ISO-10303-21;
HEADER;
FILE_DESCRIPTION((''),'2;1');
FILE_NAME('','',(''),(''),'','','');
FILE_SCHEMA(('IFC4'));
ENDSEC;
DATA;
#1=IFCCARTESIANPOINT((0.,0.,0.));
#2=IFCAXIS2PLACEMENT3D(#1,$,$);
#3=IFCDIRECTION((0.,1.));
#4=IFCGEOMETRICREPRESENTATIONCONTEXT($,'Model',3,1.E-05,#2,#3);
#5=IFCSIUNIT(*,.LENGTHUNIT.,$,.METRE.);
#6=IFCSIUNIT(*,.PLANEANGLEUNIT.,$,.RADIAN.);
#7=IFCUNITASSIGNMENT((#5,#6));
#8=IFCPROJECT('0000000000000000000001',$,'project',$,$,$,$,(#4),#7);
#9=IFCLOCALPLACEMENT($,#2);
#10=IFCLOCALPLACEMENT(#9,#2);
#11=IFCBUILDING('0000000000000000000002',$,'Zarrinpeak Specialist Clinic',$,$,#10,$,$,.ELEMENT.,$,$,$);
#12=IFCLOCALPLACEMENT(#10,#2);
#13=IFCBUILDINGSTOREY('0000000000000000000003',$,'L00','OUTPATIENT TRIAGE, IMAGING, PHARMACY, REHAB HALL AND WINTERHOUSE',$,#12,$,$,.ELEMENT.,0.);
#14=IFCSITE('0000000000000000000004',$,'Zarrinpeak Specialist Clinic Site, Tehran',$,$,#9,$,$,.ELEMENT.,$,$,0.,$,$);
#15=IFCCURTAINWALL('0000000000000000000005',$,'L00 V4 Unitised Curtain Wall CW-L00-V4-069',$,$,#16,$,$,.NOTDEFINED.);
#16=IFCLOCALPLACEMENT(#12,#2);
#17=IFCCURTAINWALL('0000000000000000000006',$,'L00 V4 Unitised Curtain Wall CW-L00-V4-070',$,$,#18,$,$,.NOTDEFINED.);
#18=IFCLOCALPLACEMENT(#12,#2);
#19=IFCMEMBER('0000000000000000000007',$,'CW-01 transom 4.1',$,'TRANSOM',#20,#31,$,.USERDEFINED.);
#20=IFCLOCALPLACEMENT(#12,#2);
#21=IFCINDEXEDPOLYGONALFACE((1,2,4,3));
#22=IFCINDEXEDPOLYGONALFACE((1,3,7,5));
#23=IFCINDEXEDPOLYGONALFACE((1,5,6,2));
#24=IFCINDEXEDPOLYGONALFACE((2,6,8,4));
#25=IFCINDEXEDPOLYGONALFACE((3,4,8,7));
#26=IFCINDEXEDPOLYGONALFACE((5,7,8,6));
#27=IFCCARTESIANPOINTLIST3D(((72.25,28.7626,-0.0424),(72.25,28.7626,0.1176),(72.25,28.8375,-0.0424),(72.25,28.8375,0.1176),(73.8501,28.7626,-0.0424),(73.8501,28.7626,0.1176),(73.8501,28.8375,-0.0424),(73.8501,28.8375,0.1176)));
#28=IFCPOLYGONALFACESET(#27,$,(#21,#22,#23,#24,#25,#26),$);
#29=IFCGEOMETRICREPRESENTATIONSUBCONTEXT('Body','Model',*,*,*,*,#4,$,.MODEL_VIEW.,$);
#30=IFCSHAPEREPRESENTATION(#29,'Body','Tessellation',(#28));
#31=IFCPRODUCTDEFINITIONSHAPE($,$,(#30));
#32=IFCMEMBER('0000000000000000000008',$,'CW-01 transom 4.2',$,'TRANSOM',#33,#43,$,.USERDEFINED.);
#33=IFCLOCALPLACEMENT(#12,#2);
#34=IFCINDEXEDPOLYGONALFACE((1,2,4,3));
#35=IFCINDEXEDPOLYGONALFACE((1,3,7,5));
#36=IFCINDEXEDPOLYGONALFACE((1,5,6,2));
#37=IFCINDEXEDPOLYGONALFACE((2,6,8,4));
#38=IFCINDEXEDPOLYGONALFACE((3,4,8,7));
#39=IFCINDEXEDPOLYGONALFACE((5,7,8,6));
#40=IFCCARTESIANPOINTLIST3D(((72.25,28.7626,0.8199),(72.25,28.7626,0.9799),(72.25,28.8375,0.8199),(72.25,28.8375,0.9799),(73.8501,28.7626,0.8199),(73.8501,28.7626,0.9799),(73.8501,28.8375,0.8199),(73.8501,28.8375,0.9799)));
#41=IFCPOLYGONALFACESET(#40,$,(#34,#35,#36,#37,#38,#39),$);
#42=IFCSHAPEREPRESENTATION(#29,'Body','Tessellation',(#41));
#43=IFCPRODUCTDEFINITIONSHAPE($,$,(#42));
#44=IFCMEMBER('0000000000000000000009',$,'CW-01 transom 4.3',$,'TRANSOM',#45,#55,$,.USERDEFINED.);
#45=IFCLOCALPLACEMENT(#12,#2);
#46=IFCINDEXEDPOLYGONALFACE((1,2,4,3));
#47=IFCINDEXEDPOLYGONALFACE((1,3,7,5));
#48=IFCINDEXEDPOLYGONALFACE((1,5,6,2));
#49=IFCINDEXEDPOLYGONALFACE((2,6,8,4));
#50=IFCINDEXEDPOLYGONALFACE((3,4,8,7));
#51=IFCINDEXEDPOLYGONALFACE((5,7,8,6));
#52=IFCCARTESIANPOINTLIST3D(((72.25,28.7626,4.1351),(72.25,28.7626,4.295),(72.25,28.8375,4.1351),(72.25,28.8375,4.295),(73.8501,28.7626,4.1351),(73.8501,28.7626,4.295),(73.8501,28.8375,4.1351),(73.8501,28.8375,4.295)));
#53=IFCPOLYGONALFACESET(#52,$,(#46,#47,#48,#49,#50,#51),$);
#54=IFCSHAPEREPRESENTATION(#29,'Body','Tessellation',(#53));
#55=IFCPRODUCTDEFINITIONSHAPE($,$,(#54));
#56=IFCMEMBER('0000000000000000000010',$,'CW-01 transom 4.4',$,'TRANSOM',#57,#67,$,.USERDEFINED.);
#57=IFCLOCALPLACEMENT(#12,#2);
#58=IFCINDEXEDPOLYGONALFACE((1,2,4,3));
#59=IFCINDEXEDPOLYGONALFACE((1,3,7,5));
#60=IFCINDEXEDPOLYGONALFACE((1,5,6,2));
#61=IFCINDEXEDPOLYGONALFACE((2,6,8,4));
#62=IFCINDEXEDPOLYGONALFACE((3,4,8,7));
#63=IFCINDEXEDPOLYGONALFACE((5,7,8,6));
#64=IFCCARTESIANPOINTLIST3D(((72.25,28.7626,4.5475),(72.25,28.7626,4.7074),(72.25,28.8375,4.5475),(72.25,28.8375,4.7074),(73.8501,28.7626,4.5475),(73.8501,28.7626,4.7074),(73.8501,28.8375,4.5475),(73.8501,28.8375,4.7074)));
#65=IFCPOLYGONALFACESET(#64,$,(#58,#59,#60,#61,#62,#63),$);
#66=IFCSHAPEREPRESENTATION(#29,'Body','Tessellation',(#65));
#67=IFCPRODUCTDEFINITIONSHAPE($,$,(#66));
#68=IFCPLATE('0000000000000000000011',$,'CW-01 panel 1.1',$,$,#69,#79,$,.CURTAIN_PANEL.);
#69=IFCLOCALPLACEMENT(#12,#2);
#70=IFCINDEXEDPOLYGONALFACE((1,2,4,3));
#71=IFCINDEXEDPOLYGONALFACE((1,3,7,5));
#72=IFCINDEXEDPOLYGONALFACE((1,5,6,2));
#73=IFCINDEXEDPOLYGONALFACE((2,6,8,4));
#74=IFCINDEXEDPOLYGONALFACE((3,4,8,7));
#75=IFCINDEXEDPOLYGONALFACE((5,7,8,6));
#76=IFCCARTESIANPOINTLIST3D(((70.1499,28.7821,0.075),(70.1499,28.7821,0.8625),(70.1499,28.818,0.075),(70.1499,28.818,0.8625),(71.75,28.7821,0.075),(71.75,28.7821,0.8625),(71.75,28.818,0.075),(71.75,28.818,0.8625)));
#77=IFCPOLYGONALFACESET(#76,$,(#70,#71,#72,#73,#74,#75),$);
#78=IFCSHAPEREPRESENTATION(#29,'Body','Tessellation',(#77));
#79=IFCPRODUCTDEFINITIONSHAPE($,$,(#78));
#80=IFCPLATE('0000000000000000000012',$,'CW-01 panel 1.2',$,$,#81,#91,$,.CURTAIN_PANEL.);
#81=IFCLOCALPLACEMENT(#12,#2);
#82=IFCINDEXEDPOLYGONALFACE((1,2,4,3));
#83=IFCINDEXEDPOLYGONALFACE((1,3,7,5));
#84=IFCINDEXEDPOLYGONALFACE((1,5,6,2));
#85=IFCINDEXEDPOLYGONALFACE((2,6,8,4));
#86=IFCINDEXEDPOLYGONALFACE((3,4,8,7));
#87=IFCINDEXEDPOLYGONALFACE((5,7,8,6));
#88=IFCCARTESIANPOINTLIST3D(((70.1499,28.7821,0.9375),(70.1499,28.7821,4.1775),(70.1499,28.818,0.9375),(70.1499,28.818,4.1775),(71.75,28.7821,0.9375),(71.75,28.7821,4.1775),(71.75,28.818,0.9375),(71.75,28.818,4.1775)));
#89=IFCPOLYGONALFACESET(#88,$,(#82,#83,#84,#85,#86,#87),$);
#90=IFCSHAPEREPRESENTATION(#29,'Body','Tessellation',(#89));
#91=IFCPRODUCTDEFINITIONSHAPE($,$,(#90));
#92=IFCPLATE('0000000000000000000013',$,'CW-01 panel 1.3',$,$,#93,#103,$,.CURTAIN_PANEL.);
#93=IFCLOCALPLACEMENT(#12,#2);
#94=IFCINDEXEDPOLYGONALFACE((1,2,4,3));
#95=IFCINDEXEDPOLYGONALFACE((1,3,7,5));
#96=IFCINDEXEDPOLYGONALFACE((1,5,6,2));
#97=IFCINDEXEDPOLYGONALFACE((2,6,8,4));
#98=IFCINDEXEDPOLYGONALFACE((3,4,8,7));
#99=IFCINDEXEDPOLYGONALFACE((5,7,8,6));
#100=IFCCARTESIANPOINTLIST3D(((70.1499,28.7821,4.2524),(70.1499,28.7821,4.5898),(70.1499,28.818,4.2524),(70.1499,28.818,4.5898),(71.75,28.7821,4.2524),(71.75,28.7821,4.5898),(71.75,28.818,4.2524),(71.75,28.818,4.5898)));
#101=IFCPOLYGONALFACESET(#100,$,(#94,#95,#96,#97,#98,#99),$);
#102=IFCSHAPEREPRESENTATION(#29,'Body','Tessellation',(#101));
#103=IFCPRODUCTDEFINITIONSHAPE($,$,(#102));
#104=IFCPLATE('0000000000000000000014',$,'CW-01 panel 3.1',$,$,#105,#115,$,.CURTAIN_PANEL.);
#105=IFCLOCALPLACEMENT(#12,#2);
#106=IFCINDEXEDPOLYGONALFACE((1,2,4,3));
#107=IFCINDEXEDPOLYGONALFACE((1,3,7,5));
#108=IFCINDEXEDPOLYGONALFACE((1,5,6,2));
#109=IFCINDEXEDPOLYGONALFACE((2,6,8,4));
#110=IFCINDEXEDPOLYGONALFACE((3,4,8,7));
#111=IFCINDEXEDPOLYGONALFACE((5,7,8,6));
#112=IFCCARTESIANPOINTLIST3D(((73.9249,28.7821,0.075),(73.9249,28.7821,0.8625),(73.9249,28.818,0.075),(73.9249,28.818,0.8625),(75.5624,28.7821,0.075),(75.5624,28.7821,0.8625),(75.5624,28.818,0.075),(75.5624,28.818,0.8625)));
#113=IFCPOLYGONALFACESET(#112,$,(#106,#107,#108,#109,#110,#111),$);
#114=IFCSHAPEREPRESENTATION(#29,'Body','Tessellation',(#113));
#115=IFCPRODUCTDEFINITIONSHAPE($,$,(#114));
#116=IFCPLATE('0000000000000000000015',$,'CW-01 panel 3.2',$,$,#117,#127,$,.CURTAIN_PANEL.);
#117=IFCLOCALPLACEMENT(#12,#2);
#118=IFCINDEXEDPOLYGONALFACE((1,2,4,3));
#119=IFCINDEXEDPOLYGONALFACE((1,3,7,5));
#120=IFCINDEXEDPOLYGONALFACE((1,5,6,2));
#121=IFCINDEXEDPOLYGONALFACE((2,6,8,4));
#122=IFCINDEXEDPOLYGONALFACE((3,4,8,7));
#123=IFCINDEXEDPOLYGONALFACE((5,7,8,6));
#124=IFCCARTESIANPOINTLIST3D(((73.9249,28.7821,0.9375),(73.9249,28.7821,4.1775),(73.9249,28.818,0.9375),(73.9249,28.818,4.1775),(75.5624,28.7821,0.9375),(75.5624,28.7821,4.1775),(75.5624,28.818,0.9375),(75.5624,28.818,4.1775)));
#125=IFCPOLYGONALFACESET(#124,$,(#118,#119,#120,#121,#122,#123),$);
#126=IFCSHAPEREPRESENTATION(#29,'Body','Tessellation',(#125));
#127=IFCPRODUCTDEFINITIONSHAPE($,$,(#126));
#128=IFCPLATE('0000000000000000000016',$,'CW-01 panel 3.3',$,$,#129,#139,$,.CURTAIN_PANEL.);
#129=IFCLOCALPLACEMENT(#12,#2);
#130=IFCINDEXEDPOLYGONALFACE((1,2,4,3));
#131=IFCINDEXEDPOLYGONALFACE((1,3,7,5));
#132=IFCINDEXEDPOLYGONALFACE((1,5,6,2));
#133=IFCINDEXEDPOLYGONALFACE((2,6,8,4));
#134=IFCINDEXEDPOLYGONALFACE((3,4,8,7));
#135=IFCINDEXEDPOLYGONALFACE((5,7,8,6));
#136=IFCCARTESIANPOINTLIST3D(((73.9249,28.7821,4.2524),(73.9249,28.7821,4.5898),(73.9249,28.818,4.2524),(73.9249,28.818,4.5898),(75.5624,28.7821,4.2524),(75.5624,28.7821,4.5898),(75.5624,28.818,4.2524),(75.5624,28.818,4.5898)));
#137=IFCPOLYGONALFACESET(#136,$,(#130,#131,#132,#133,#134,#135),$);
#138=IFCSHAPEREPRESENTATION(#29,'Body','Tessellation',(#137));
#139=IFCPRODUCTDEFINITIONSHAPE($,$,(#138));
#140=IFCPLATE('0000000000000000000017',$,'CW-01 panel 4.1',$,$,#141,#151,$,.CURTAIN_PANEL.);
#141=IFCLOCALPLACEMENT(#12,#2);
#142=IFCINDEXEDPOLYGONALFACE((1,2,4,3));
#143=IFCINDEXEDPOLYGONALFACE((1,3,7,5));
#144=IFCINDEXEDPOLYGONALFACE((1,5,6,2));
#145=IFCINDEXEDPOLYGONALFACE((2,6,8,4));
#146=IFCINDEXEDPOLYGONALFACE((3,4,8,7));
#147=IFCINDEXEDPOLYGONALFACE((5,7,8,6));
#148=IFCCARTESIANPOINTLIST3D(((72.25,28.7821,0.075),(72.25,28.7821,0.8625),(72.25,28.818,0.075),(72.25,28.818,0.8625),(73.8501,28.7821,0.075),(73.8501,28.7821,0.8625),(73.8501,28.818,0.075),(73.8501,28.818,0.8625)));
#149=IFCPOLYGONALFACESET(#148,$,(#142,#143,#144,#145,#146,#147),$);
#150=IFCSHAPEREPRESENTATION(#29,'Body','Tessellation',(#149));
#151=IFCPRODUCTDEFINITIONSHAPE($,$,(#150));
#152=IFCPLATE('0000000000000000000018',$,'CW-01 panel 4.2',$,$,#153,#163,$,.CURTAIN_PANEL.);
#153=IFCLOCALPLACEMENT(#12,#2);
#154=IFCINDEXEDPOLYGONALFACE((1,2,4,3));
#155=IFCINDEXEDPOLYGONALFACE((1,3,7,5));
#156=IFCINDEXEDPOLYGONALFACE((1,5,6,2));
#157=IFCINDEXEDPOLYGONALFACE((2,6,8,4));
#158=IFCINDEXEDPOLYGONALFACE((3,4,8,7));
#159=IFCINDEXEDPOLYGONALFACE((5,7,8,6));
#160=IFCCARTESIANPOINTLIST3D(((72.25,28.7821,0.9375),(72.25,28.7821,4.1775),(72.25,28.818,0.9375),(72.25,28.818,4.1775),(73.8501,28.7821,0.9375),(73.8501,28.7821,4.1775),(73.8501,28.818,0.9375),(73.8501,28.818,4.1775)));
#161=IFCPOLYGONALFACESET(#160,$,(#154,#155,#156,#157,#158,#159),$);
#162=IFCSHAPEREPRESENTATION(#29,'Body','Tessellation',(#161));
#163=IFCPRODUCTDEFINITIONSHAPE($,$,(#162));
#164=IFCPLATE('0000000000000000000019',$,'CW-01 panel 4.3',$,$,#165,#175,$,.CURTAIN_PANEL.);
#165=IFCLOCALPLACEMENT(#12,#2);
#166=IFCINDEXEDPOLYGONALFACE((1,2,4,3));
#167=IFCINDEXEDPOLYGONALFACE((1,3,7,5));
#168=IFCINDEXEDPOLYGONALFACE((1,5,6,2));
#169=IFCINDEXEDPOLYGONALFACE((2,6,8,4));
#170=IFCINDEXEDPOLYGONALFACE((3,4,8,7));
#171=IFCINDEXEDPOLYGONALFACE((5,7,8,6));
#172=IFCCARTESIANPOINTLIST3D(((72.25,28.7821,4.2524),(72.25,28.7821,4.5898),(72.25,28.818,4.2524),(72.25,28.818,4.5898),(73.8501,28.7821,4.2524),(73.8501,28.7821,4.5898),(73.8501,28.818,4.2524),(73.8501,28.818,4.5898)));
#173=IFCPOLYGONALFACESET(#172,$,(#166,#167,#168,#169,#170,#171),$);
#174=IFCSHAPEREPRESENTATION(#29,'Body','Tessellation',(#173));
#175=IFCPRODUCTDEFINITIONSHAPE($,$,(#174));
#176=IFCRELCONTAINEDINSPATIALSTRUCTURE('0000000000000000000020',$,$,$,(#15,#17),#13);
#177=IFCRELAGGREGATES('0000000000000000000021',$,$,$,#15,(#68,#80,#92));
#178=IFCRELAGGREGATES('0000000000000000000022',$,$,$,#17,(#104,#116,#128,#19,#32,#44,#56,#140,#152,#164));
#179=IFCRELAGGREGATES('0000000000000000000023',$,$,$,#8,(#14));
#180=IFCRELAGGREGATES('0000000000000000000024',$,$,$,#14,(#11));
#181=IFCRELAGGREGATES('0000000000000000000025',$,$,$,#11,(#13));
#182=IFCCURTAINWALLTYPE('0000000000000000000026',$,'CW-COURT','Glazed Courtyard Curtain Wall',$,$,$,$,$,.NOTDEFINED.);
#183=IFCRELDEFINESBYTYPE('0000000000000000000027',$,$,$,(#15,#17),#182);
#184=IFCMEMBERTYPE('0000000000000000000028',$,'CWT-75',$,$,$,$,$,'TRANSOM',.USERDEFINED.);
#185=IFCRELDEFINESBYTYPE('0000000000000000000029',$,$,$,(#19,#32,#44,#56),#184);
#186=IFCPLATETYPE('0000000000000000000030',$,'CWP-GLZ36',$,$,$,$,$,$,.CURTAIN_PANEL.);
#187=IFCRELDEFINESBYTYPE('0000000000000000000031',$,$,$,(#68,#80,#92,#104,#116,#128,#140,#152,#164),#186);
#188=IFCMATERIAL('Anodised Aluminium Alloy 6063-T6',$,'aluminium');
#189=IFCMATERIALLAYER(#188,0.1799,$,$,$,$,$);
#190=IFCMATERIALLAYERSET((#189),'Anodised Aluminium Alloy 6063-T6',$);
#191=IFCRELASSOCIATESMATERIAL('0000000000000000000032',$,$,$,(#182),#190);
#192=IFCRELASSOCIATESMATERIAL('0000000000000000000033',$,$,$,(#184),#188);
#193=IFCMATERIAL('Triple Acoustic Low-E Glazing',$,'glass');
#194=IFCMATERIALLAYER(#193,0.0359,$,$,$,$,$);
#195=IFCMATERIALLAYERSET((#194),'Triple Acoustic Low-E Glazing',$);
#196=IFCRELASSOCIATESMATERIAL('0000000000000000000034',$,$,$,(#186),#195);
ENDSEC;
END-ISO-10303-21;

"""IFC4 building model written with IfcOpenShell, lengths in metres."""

from ifc_helpers import new_model, si_unit, direction, frame, origin, origin_2d, place, context, subcontext, project, spatial, rectangle, extrude, material, layer, layer_set, material_profile, profile_set, type_object, element, aggregate, save


model = new_model("IFC4")

# Units and contexts
model_context = context("Model", 3, precision=1e-05, world=origin(), true_north=direction((0.0, 1.0)))
body_context = subcontext(model_context, "Body", "Model", "MODEL_VIEW")
ifc_project = project(units=[si_unit("LENGTHUNIT", "METRE"), si_unit("PLANEANGLEUNIT", "RADIAN")], contexts=[model_context])

# Site, building, storey
site_placement = place(None, origin())
site = spatial("IfcSite", under=ifc_project, at=site_placement, Name="Zarrinpeak Specialist Clinic Site, Tehran", CompositionType="ELEMENT", RefElevation=0.0)
building_placement = place(site_placement, origin())
building = spatial("IfcBuilding", under=site, at=building_placement, Name="Zarrinpeak Specialist Clinic", CompositionType="ELEMENT")
storey_placement = place(building_placement, origin())
storey = spatial("IfcBuildingStorey", under=building, at=storey_placement, Name="L00", Description="OUTPATIENT TRIAGE, IMAGING, PHARMACY, REHAB HALL AND WINTERHOUSE", CompositionType="ELEMENT", Elevation=0.0)

# Curtain wall
ifc_material_1 = material(Name="Anodised Aluminium Alloy 6063-T6", Category="aluminium")
ifc_layer_1 = layer(ifc_material_1, 0.1799)
ifc_layer_set_1 = layer_set([ifc_layer_1], Name="Anodised Aluminium Alloy 6063-T6")
curtain_wall_type = type_object("IfcCurtainWallType", Name="CW-COURT", Description="Glazed Courtyard Curtain Wall", PredefinedType="NOTDEFINED", material=ifc_layer_set_1)
curtain_wall_1_placement = place(storey_placement, origin())
curtain_wall_1 = element("IfcCurtainWall", 1, at=curtain_wall_1_placement, inside=storey, type_object=curtain_wall_type, Name="L00 V4 Unitised Curtain Wall CW-L00-V4-069", PredefinedType="NOTDEFINED")

# Curtain wall
curtain_wall_2_placement = place(storey_placement, origin())
curtain_wall_2 = element("IfcCurtainWall", 2, at=curtain_wall_2_placement, inside=storey, type_object=curtain_wall_type, Name="L00 V4 Unitised Curtain Wall CW-L00-V4-070", PredefinedType="NOTDEFINED")

# Members
ifc_material_profile_1 = material_profile(ifc_material_1, rectangle(XDim=0.075, YDim=0.1599, at=origin_2d()), Name="ALU 75x160")
ifc_profile_set_1 = profile_set([ifc_material_profile_1], Name="Anodised Aluminium Alloy 6063-T6")
member_type_1 = type_object("IfcMemberType", Name="CWT-75", ElementType="TRANSOM", PredefinedType="USERDEFINED", material=ifc_profile_set_1)
member_1_placement = place(storey_placement, frame((73.8501, 28.8, 0.0376), z_axis=(-1.0, 0.0, 0.0), x_axis=(0.0, -1.0, 0.0)))
member_1 = element("IfcMember", 3, at=member_1_placement, type_object=member_type_1, Name="CW-01 transom 4.1", ObjectType="TRANSOM", PredefinedType="USERDEFINED", context=body_context, shape_type="SweptSolid", body=[
    extrude(rectangle(XDim=0.075, YDim=0.1599, at=origin_2d()), origin(), (0.0, 0.0, 1.0), 1.6001),
])
member_2_placement = place(storey_placement, frame((73.8501, 28.8, 0.8999), z_axis=(-1.0, 0.0, 0.0), x_axis=(0.0, -1.0, 0.0)))
member_2 = element("IfcMember", 4, at=member_2_placement, type_object=member_type_1, Name="CW-01 transom 4.2", ObjectType="TRANSOM", PredefinedType="USERDEFINED", context=body_context, shape_type="SweptSolid", body=[
    extrude(rectangle(XDim=0.075, YDim=0.1599, at=origin_2d()), origin(), (0.0, 0.0, 1.0), 1.6001),
])
member_3_placement = place(storey_placement, frame((73.8501, 28.8, 4.2151), z_axis=(-1.0, 0.0, 0.0), x_axis=(0.0, -1.0, 0.0)))
member_3 = element("IfcMember", 5, at=member_3_placement, type_object=member_type_1, Name="CW-01 transom 4.3", ObjectType="TRANSOM", PredefinedType="USERDEFINED", context=body_context, shape_type="SweptSolid", body=[
    extrude(rectangle(XDim=0.075, YDim=0.1599, at=origin_2d()), origin(), (0.0, 0.0, 1.0), 1.6001),
])
member_4_placement = place(storey_placement, frame((73.8501, 28.8, 4.6274), z_axis=(-1.0, 0.0, 0.0), x_axis=(0.0, -1.0, 0.0)))
member_4 = element("IfcMember", 6, at=member_4_placement, type_object=member_type_1, Name="CW-01 transom 4.4", ObjectType="TRANSOM", PredefinedType="USERDEFINED", context=body_context, shape_type="SweptSolid", body=[
    extrude(rectangle(XDim=0.075, YDim=0.1599, at=origin_2d()), origin(), (0.0, 0.0, 1.0), 1.6001),
])

# Plates
ifc_material_2 = material(Name="Triple Acoustic Low-E Glazing", Category="glass")
ifc_layer_2 = layer(ifc_material_2, 0.0359)
ifc_layer_set_2 = layer_set([ifc_layer_2], Name="Triple Acoustic Low-E Glazing")
plate_type = type_object("IfcPlateType", Name="CWP-GLZ36", PredefinedType="CURTAIN_PANEL", material=ifc_layer_set_2)
plate_1_placement = place(storey_placement, frame((70.95, 28.8, 0.075), z_axis=(0.0, 0.0, 1.0), x_axis=(-1.0, 0.0, 0.0)))
plate_1 = element("IfcPlate", 7, at=plate_1_placement, type_object=plate_type, Name="CW-01 panel 1.1", PredefinedType="CURTAIN_PANEL", context=body_context, shape_type="SweptSolid", body=[
    extrude(rectangle(XDim=1.6001, YDim=0.0359, at=origin_2d()), origin(), (0.0, 0.0, 1.0), 0.7876),
])
plate_2_placement = place(storey_placement, frame((70.95, 28.8, 0.9375), z_axis=(0.0, 0.0, 1.0), x_axis=(-1.0, 0.0, 0.0)))
plate_2 = element("IfcPlate", 8, at=plate_2_placement, type_object=plate_type, Name="CW-01 panel 1.2", PredefinedType="CURTAIN_PANEL", context=body_context, shape_type="SweptSolid", body=[
    extrude(rectangle(XDim=1.6001, YDim=0.0359, at=origin_2d()), origin(), (0.0, 0.0, 1.0), 3.24),
])
plate_3_placement = place(storey_placement, frame((70.95, 28.8, 4.2524), z_axis=(0.0, 0.0, 1.0), x_axis=(-1.0, 0.0, 0.0)))
plate_3 = element("IfcPlate", 9, at=plate_3_placement, type_object=plate_type, Name="CW-01 panel 1.3", PredefinedType="CURTAIN_PANEL", context=body_context, shape_type="SweptSolid", body=[
    extrude(rectangle(XDim=1.6001, YDim=0.0359, at=origin_2d()), origin(), (0.0, 0.0, 1.0), 0.3374),
])
aggregate(curtain_wall_1, [plate_1, plate_2, plate_3])
plate_4_placement = place(storey_placement, frame((74.7437, 28.8, 0.075), z_axis=(0.0, 0.0, 1.0), x_axis=(-1.0, 0.0, 0.0)))
plate_4 = element("IfcPlate", 10, at=plate_4_placement, type_object=plate_type, Name="CW-01 panel 3.1", PredefinedType="CURTAIN_PANEL", context=body_context, shape_type="SweptSolid", body=[
    extrude(rectangle(XDim=1.6375, YDim=0.0359, at=origin_2d()), origin(), (0.0, 0.0, 1.0), 0.7876),
])
plate_5_placement = place(storey_placement, frame((74.7437, 28.8, 0.9375), z_axis=(0.0, 0.0, 1.0), x_axis=(-1.0, 0.0, 0.0)))
plate_5 = element("IfcPlate", 11, at=plate_5_placement, type_object=plate_type, Name="CW-01 panel 3.2", PredefinedType="CURTAIN_PANEL", context=body_context, shape_type="SweptSolid", body=[
    extrude(rectangle(XDim=1.6375, YDim=0.0359, at=origin_2d()), origin(), (0.0, 0.0, 1.0), 3.24),
])
plate_6_placement = place(storey_placement, frame((74.7437, 28.8, 4.2524), z_axis=(0.0, 0.0, 1.0), x_axis=(-1.0, 0.0, 0.0)))
plate_6 = element("IfcPlate", 12, at=plate_6_placement, type_object=plate_type, Name="CW-01 panel 3.3", PredefinedType="CURTAIN_PANEL", context=body_context, shape_type="SweptSolid", body=[
    extrude(rectangle(XDim=1.6375, YDim=0.0359, at=origin_2d()), origin(), (0.0, 0.0, 1.0), 0.3374),
])
plate_7_placement = place(storey_placement, frame((73.05, 28.8, 0.075), z_axis=(0.0, 0.0, 1.0), x_axis=(-1.0, 0.0, 0.0)))
plate_7 = element("IfcPlate", 13, at=plate_7_placement, type_object=plate_type, Name="CW-01 panel 4.1", PredefinedType="CURTAIN_PANEL", context=body_context, shape_type="SweptSolid", body=[
    extrude(rectangle(XDim=1.6001, YDim=0.0359, at=origin_2d()), origin(), (0.0, 0.0, 1.0), 0.7876),
])
plate_8_placement = place(storey_placement, frame((73.05, 28.8, 0.9375), z_axis=(0.0, 0.0, 1.0), x_axis=(-1.0, 0.0, 0.0)))
plate_8 = element("IfcPlate", 14, at=plate_8_placement, type_object=plate_type, Name="CW-01 panel 4.2", PredefinedType="CURTAIN_PANEL", context=body_context, shape_type="SweptSolid", body=[
    extrude(rectangle(XDim=1.6001, YDim=0.0359, at=origin_2d()), origin(), (0.0, 0.0, 1.0), 3.24),
])
plate_9_placement = place(storey_placement, frame((73.05, 28.8, 4.2524), z_axis=(0.0, 0.0, 1.0), x_axis=(-1.0, 0.0, 0.0)))
plate_9 = element("IfcPlate", 15, at=plate_9_placement, type_object=plate_type, Name="CW-01 panel 4.3", PredefinedType="CURTAIN_PANEL", context=body_context, shape_type="SweptSolid", body=[
    extrude(rectangle(XDim=1.6001, YDim=0.0359, at=origin_2d()), origin(), (0.0, 0.0, 1.0), 0.3374),
])
aggregate(curtain_wall_2, [plate_4, plate_5, plate_6, member_1, member_2, member_3, member_4, plate_7, plate_8, plate_9])

save(model, "model.ifc")
